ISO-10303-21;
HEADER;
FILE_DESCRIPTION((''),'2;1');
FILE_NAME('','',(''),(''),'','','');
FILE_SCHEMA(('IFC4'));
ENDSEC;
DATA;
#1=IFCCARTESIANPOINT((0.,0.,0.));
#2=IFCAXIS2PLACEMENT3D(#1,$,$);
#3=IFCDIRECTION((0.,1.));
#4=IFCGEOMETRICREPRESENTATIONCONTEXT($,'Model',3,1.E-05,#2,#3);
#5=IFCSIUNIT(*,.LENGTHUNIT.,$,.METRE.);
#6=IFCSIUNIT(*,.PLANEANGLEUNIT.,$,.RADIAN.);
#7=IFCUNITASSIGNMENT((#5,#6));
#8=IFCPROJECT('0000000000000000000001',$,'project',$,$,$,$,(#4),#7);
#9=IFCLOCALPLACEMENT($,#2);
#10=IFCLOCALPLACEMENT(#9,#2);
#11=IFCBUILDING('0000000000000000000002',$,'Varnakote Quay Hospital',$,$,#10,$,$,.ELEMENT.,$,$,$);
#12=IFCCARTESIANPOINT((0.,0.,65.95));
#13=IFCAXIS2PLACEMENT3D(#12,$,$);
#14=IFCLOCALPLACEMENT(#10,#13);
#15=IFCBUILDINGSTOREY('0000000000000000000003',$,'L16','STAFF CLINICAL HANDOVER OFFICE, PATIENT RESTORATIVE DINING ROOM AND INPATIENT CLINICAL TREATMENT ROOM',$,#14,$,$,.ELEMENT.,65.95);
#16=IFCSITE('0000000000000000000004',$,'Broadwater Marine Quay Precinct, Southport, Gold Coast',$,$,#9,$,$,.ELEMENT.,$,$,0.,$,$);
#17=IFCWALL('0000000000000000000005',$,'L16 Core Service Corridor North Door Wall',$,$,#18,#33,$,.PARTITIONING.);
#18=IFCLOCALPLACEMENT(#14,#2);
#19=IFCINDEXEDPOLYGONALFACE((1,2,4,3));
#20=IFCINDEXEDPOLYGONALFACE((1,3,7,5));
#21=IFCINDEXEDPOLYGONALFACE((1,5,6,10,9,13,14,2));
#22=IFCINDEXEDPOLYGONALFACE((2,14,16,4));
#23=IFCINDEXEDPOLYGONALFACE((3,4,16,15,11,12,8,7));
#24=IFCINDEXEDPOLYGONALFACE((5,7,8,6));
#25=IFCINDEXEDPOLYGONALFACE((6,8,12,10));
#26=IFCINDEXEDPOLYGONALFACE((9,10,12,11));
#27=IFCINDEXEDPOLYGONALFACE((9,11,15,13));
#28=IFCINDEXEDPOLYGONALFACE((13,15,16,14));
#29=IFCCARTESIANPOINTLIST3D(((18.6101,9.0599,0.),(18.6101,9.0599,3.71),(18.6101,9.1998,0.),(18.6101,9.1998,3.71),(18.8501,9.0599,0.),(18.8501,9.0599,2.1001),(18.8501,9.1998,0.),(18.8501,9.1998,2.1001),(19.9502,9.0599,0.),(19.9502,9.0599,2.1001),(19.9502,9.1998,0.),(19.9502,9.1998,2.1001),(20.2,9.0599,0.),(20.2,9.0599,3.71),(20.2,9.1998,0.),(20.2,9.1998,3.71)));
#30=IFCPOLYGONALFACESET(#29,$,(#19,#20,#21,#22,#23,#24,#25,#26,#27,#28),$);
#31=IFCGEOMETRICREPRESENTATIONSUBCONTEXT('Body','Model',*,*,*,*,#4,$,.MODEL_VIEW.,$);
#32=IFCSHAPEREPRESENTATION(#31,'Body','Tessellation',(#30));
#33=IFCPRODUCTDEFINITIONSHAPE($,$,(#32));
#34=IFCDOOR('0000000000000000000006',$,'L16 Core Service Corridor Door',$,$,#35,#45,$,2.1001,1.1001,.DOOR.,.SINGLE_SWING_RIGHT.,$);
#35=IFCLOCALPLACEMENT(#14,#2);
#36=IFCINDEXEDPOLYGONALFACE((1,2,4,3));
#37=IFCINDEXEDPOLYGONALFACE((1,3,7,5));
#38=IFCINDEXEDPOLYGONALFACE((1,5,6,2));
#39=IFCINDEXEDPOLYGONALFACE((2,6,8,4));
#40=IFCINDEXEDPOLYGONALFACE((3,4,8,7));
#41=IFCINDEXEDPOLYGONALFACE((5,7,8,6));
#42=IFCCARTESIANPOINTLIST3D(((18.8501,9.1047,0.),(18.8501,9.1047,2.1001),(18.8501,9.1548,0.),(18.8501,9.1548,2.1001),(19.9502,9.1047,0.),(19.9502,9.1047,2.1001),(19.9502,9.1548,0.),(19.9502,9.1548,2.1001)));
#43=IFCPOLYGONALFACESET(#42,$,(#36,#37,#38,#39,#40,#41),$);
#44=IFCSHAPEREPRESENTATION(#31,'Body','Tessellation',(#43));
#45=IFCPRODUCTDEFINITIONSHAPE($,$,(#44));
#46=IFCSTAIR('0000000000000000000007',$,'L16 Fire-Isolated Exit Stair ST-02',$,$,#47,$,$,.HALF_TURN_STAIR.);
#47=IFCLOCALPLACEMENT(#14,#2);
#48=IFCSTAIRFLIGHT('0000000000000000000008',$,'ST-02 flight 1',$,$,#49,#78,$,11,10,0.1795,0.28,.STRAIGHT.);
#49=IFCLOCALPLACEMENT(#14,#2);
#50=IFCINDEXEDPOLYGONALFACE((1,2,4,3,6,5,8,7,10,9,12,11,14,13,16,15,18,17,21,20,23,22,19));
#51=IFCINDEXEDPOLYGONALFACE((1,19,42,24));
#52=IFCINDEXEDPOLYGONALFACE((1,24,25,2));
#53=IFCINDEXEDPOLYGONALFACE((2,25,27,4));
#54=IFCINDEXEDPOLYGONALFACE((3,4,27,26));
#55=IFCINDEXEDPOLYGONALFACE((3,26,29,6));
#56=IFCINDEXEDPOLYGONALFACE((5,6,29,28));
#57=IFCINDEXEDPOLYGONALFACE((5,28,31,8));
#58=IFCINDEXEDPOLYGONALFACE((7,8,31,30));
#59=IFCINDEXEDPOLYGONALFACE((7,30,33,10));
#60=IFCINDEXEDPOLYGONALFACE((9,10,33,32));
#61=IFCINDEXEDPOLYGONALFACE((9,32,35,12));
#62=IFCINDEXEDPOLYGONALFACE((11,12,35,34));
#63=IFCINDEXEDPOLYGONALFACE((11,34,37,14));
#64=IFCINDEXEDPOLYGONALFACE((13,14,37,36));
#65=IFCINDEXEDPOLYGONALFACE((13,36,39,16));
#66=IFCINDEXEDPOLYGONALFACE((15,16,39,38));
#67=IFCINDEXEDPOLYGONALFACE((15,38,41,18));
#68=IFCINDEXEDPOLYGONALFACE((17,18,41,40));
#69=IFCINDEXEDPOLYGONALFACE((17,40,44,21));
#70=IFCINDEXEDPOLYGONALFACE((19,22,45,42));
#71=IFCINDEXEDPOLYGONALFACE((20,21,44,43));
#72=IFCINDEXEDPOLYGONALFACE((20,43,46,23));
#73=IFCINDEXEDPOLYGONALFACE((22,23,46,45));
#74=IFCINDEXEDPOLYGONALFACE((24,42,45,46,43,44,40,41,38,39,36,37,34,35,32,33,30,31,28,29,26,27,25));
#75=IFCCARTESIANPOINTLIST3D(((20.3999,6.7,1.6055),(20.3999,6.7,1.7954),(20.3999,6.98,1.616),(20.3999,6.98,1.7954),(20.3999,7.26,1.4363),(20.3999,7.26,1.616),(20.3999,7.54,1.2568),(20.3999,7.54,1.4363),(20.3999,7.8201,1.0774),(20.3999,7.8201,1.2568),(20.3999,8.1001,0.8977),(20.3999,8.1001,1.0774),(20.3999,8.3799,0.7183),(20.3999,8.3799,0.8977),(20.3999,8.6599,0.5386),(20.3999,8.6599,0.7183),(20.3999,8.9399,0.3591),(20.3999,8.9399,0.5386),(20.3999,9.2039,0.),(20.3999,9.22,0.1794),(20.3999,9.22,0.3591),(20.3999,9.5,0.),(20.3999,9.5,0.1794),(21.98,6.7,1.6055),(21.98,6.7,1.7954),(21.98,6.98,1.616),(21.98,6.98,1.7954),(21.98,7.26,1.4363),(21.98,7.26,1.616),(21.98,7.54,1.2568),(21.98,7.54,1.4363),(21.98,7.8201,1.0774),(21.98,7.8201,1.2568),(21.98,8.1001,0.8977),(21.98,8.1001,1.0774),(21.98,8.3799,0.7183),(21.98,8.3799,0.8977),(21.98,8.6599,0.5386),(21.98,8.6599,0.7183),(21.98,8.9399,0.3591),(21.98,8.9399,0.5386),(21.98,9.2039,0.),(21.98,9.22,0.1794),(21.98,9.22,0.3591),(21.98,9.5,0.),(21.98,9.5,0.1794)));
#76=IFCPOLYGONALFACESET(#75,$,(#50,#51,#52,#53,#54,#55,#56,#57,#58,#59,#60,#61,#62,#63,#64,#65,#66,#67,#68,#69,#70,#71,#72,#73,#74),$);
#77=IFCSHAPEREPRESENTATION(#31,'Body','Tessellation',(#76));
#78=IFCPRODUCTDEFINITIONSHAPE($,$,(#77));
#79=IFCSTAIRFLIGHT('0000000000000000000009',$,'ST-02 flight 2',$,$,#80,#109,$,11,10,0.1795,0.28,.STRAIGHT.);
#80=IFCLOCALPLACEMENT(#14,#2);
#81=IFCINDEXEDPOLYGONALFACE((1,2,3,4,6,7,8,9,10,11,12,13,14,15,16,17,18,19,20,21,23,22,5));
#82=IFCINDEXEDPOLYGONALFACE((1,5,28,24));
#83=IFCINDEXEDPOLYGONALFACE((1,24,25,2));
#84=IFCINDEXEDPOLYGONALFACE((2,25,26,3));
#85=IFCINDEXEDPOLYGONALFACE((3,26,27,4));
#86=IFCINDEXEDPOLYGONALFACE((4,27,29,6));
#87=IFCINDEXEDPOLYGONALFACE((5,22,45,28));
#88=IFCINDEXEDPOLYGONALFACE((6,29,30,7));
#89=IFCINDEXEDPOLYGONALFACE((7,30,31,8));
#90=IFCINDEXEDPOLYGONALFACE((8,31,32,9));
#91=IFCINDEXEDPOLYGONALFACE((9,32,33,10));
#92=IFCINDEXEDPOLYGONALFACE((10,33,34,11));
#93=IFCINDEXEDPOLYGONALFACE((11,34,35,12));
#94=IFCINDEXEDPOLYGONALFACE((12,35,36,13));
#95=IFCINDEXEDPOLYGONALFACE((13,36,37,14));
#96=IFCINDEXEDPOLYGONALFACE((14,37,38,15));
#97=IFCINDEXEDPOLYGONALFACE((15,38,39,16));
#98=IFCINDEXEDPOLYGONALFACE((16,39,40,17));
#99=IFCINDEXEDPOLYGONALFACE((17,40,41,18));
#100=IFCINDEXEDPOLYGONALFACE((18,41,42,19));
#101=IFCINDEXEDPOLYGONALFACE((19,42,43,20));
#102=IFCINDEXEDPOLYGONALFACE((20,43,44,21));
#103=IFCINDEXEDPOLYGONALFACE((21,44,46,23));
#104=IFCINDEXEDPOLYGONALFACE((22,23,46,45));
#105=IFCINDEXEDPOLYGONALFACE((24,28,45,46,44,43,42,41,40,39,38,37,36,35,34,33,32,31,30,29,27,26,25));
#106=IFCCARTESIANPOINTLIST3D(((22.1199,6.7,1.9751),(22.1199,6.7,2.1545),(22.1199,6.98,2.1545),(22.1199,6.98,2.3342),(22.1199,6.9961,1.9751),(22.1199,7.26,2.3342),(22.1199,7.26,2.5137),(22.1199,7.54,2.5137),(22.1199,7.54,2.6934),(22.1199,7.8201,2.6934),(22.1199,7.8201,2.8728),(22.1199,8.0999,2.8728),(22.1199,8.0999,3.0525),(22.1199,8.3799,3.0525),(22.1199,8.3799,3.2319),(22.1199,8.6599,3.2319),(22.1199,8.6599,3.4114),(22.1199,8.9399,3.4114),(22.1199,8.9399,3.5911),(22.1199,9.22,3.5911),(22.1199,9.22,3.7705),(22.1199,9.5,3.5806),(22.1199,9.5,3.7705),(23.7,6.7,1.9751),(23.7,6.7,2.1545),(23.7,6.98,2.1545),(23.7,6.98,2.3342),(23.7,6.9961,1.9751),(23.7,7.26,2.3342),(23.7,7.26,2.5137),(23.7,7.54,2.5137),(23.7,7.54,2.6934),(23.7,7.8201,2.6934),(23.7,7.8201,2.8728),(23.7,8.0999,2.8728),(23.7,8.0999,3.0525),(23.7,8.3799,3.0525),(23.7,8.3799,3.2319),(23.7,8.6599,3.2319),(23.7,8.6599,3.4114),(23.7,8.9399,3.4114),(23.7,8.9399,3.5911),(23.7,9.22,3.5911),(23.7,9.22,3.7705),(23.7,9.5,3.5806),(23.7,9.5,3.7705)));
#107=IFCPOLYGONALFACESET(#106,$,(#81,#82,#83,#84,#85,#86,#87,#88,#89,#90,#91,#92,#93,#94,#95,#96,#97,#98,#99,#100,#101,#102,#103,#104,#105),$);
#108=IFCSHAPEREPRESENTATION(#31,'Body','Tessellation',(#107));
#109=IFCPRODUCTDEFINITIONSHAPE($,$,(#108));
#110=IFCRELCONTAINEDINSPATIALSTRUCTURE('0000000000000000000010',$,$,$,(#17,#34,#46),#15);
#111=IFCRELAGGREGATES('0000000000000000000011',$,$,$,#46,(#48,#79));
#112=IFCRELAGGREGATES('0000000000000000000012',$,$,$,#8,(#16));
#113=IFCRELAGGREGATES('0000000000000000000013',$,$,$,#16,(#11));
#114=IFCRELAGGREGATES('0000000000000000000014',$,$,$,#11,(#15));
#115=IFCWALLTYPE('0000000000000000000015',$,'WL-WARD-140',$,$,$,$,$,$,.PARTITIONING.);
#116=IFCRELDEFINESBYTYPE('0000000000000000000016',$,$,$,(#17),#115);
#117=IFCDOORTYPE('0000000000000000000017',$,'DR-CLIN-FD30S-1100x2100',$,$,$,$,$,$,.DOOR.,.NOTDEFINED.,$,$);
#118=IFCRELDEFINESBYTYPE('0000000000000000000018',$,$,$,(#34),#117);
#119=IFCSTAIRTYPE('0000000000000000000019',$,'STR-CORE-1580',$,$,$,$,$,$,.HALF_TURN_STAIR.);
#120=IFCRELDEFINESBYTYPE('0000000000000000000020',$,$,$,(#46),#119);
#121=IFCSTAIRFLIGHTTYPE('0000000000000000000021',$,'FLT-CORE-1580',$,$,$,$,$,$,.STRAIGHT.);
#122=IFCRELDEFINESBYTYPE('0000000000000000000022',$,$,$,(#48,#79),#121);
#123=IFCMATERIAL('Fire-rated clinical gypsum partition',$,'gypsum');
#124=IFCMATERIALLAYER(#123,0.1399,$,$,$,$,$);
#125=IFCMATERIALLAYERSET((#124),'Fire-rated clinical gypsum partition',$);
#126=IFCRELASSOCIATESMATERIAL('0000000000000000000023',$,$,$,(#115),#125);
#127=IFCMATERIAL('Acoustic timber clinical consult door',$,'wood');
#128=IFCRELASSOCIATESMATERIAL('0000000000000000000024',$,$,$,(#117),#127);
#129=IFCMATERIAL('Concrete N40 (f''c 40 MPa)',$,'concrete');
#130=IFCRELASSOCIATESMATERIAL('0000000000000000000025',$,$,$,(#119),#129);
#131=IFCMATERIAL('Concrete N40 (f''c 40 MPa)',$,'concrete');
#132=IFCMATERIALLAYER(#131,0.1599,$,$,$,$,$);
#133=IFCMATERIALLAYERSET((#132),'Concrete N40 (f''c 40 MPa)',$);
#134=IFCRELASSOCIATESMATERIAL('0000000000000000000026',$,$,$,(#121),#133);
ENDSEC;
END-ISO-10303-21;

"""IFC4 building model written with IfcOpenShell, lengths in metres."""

from ifc_helpers import new_model, si_unit, direction, frame, frame_2d, origin, place, context, subcontext, project, spatial, polyline, rectangle, outline, extrude, material, layer, layer_set, type_object, element, fill, aggregate, save


model = new_model("IFC4")

# Units and contexts
model_context = context("Model", 3, precision=1e-05, world=origin(), true_north=direction((0.0, 1.0)))
body_context = subcontext(model_context, "Body", "Model", "MODEL_VIEW")
ifc_project = project(units=[si_unit("LENGTHUNIT", "METRE"), si_unit("PLANEANGLEUNIT", "RADIAN")], contexts=[model_context])

# Site, building, storey
site_placement = place(None, origin())
site = spatial("IfcSite", under=ifc_project, at=site_placement, Name="Broadwater Marine Quay Precinct, Southport, Gold Coast", CompositionType="ELEMENT", RefElevation=0.0)
building_placement = place(site_placement, origin())
building = spatial("IfcBuilding", under=site, at=building_placement, Name="Varnakote Quay Hospital", CompositionType="ELEMENT")
storey_placement = place(building_placement, frame((0.0, 0.0, 65.95)))
storey = spatial("IfcBuildingStorey", under=building, at=storey_placement, Name="L16", Description="STAFF CLINICAL HANDOVER OFFICE, PATIENT RESTORATIVE DINING ROOM AND INPATIENT CLINICAL TREATMENT ROOM", CompositionType="ELEMENT", Elevation=65.95)

# Wall, opening, door
ifc_material_1 = material(Name="Fire-rated clinical gypsum partition", Category="gypsum")
ifc_layer_1 = layer(ifc_material_1, 0.1399)
ifc_layer_set_1 = layer_set([ifc_layer_1], Name="Fire-rated clinical gypsum partition")
wall_type_1 = type_object("IfcWallType", Name="WL-WARD-140", PredefinedType="PARTITIONING", material=ifc_layer_set_1)
wall_1_placement = place(storey_placement, frame((18.6101, 9.1299, 0.0), z_axis=(0.0, 0.0, 1.0), x_axis=(1.0, 0.0, 0.0)))
wall_1 = element("IfcWall", 1, at=wall_1_placement, inside=storey, type_object=wall_type_1, Name="L16 Core Service Corridor North Door Wall", PredefinedType="PARTITIONING", context=body_context, shape_type="SweptSolid", body=[
    extrude(rectangle(XDim=1.5898, YDim=0.1399, at=frame_2d((0.7949, 0.0))), origin(), (0.0, 0.0, 1.0), 3.71),
])
opening_1_placement = place(wall_1_placement, frame((0.24, 0.0, 0.0)))
opening_1 = element("IfcOpeningElement", 2, at=opening_1_placement, cuts=wall_1, PredefinedType="OPENING", context=body_context, shape_type="SweptSolid", body=[
    extrude(rectangle(XDim=1.1001, YDim=2.1001, at=frame_2d((0.55, 1.05))), frame((0.0, 0.0798, 0.0), z_axis=(0.0, -1.0, 0.0), x_axis=(1.0, 0.0, 0.0)), (0.0, 0.0, 1.0), 0.1599),
])
ifc_material_2 = material(Name="Acoustic timber clinical consult door", Category="wood")
door_type_1 = type_object("IfcDoorType", Name="DR-CLIN-FD30S-1100x2100", OperationType="NOTDEFINED", PredefinedType="DOOR", material=ifc_material_2)
door_1_placement = place(opening_1_placement, origin())
door_1 = element("IfcDoor", 3, at=door_1_placement, inside=storey, type_object=door_type_1, Name="L16 Core Service Corridor Door", OperationType="SINGLE_SWING_RIGHT", OverallHeight=2.1001, OverallWidth=1.1001, PredefinedType="DOOR", context=body_context, shape_type="SweptSolid", body=[
    extrude(rectangle(XDim=1.1001, YDim=2.1001, at=frame_2d((0.55, 1.05))), frame((0.0, 0.0249, 0.0), z_axis=(0.0, -1.0, 0.0), x_axis=(1.0, 0.0, 0.0)), (0.0, 0.0, 1.0), 0.05),
])
fill(opening_1, door_1)

# Stair, stair flights
ifc_material_3 = material(Name="Concrete N40 (f'c 40 MPa)", Category="concrete")
stair_type = type_object("IfcStairType", Name="STR-CORE-1580", PredefinedType="HALF_TURN_STAIR", material=ifc_material_3)
stair_placement = place(storey_placement, origin())
stair = element("IfcStair", 4, at=stair_placement, inside=storey, type_object=stair_type, Name="L16 Fire-Isolated Exit Stair ST-02", PredefinedType="HALF_TURN_STAIR")
ifc_material_4 = material(Name="Concrete N40 (f'c 40 MPa)", Category="concrete")
ifc_layer_2 = layer(ifc_material_4, 0.1599)
ifc_layer_set_2 = layer_set([ifc_layer_2], Name="Concrete N40 (f'c 40 MPa)")
stair_flight_type = type_object("IfcStairFlightType", Name="FLT-CORE-1580", PredefinedType="STRAIGHT", material=ifc_layer_set_2)
stair_flight_1_placement = place(storey_placement, frame((21.1899, 9.5, 0.0), z_axis=(0.0, 0.0, 1.0), x_axis=(0.0, -1.0, 0.0)))
stair_flight_1 = element("IfcStairFlight", 5, at=stair_flight_1_placement, type_object=stair_flight_type, Name="ST-02 flight 1", NumberOfRisers=11, NumberOfTreads=10, PredefinedType="STRAIGHT", RiserHeight=0.1795, TreadLength=0.28, context=body_context, shape_type="SweptSolid", body=[
    extrude(outline(polyline([(0.0, 0.0), (0.0, 0.1794), (0.28, 0.1794), (0.28, 0.3591), (0.5601, 0.3591), (0.5601, 0.5386), (0.8401, 0.5386), (0.8401, 0.7183), (1.1201, 0.7183), (1.1201, 0.8977), (1.3999, 0.8977), (1.3999, 1.0774), (1.6799, 1.0774), (1.6799, 1.2568), (1.96, 1.2568), (1.96, 1.4363), (2.24, 1.4363), (2.24, 1.616), (2.52, 1.616), (2.52, 1.7954), (2.8, 1.7954), (2.8, 1.9751), (2.8, 1.6055), (0.2961, 0.0), (0.0, 0.0)])), frame((0.0, 0.79, 0.0), z_axis=(0.0, -1.0, 0.0), x_axis=(1.0, 0.0, 0.0)), (0.0, 0.0, 1.0), 1.5801),
])
stair_flight_2_placement = place(storey_placement, frame((22.9099, 6.7, 1.9751), z_axis=(0.0, 0.0, 1.0), x_axis=(0.0, 1.0, 0.0)))
stair_flight_2 = element("IfcStairFlight", 6, at=stair_flight_2_placement, type_object=stair_flight_type, Name="ST-02 flight 2", NumberOfRisers=11, NumberOfTreads=10, PredefinedType="STRAIGHT", RiserHeight=0.1795, TreadLength=0.28, context=body_context, shape_type="SweptSolid", body=[
    extrude(outline(polyline([(0.0, 0.0), (0.0, 0.1794), (0.28, 0.1794), (0.28, 0.3591), (0.5601, 0.3591), (0.5601, 0.5386), (0.8401, 0.5386), (0.8401, 0.7183), (1.1201, 0.7183), (1.1201, 0.8977), (1.3999, 0.8977), (1.3999, 1.0774), (1.6799, 1.0774), (1.6799, 1.2568), (1.96, 1.2568), (1.96, 1.4363), (2.24, 1.4363), (2.24, 1.616), (2.52, 1.616), (2.52, 1.7954), (2.8, 1.7954), (2.8, 1.9751), (2.8, 1.6055), (0.2961, 0.0), (0.0, 0.0)])), frame((0.0, 0.79, 0.0), z_axis=(0.0, -1.0, 0.0), x_axis=(1.0, 0.0, 0.0)), (0.0, 0.0, 1.0), 1.5801),
])
aggregate(stair, [stair_flight_1, stair_flight_2])

save(model, "model.ifc")
